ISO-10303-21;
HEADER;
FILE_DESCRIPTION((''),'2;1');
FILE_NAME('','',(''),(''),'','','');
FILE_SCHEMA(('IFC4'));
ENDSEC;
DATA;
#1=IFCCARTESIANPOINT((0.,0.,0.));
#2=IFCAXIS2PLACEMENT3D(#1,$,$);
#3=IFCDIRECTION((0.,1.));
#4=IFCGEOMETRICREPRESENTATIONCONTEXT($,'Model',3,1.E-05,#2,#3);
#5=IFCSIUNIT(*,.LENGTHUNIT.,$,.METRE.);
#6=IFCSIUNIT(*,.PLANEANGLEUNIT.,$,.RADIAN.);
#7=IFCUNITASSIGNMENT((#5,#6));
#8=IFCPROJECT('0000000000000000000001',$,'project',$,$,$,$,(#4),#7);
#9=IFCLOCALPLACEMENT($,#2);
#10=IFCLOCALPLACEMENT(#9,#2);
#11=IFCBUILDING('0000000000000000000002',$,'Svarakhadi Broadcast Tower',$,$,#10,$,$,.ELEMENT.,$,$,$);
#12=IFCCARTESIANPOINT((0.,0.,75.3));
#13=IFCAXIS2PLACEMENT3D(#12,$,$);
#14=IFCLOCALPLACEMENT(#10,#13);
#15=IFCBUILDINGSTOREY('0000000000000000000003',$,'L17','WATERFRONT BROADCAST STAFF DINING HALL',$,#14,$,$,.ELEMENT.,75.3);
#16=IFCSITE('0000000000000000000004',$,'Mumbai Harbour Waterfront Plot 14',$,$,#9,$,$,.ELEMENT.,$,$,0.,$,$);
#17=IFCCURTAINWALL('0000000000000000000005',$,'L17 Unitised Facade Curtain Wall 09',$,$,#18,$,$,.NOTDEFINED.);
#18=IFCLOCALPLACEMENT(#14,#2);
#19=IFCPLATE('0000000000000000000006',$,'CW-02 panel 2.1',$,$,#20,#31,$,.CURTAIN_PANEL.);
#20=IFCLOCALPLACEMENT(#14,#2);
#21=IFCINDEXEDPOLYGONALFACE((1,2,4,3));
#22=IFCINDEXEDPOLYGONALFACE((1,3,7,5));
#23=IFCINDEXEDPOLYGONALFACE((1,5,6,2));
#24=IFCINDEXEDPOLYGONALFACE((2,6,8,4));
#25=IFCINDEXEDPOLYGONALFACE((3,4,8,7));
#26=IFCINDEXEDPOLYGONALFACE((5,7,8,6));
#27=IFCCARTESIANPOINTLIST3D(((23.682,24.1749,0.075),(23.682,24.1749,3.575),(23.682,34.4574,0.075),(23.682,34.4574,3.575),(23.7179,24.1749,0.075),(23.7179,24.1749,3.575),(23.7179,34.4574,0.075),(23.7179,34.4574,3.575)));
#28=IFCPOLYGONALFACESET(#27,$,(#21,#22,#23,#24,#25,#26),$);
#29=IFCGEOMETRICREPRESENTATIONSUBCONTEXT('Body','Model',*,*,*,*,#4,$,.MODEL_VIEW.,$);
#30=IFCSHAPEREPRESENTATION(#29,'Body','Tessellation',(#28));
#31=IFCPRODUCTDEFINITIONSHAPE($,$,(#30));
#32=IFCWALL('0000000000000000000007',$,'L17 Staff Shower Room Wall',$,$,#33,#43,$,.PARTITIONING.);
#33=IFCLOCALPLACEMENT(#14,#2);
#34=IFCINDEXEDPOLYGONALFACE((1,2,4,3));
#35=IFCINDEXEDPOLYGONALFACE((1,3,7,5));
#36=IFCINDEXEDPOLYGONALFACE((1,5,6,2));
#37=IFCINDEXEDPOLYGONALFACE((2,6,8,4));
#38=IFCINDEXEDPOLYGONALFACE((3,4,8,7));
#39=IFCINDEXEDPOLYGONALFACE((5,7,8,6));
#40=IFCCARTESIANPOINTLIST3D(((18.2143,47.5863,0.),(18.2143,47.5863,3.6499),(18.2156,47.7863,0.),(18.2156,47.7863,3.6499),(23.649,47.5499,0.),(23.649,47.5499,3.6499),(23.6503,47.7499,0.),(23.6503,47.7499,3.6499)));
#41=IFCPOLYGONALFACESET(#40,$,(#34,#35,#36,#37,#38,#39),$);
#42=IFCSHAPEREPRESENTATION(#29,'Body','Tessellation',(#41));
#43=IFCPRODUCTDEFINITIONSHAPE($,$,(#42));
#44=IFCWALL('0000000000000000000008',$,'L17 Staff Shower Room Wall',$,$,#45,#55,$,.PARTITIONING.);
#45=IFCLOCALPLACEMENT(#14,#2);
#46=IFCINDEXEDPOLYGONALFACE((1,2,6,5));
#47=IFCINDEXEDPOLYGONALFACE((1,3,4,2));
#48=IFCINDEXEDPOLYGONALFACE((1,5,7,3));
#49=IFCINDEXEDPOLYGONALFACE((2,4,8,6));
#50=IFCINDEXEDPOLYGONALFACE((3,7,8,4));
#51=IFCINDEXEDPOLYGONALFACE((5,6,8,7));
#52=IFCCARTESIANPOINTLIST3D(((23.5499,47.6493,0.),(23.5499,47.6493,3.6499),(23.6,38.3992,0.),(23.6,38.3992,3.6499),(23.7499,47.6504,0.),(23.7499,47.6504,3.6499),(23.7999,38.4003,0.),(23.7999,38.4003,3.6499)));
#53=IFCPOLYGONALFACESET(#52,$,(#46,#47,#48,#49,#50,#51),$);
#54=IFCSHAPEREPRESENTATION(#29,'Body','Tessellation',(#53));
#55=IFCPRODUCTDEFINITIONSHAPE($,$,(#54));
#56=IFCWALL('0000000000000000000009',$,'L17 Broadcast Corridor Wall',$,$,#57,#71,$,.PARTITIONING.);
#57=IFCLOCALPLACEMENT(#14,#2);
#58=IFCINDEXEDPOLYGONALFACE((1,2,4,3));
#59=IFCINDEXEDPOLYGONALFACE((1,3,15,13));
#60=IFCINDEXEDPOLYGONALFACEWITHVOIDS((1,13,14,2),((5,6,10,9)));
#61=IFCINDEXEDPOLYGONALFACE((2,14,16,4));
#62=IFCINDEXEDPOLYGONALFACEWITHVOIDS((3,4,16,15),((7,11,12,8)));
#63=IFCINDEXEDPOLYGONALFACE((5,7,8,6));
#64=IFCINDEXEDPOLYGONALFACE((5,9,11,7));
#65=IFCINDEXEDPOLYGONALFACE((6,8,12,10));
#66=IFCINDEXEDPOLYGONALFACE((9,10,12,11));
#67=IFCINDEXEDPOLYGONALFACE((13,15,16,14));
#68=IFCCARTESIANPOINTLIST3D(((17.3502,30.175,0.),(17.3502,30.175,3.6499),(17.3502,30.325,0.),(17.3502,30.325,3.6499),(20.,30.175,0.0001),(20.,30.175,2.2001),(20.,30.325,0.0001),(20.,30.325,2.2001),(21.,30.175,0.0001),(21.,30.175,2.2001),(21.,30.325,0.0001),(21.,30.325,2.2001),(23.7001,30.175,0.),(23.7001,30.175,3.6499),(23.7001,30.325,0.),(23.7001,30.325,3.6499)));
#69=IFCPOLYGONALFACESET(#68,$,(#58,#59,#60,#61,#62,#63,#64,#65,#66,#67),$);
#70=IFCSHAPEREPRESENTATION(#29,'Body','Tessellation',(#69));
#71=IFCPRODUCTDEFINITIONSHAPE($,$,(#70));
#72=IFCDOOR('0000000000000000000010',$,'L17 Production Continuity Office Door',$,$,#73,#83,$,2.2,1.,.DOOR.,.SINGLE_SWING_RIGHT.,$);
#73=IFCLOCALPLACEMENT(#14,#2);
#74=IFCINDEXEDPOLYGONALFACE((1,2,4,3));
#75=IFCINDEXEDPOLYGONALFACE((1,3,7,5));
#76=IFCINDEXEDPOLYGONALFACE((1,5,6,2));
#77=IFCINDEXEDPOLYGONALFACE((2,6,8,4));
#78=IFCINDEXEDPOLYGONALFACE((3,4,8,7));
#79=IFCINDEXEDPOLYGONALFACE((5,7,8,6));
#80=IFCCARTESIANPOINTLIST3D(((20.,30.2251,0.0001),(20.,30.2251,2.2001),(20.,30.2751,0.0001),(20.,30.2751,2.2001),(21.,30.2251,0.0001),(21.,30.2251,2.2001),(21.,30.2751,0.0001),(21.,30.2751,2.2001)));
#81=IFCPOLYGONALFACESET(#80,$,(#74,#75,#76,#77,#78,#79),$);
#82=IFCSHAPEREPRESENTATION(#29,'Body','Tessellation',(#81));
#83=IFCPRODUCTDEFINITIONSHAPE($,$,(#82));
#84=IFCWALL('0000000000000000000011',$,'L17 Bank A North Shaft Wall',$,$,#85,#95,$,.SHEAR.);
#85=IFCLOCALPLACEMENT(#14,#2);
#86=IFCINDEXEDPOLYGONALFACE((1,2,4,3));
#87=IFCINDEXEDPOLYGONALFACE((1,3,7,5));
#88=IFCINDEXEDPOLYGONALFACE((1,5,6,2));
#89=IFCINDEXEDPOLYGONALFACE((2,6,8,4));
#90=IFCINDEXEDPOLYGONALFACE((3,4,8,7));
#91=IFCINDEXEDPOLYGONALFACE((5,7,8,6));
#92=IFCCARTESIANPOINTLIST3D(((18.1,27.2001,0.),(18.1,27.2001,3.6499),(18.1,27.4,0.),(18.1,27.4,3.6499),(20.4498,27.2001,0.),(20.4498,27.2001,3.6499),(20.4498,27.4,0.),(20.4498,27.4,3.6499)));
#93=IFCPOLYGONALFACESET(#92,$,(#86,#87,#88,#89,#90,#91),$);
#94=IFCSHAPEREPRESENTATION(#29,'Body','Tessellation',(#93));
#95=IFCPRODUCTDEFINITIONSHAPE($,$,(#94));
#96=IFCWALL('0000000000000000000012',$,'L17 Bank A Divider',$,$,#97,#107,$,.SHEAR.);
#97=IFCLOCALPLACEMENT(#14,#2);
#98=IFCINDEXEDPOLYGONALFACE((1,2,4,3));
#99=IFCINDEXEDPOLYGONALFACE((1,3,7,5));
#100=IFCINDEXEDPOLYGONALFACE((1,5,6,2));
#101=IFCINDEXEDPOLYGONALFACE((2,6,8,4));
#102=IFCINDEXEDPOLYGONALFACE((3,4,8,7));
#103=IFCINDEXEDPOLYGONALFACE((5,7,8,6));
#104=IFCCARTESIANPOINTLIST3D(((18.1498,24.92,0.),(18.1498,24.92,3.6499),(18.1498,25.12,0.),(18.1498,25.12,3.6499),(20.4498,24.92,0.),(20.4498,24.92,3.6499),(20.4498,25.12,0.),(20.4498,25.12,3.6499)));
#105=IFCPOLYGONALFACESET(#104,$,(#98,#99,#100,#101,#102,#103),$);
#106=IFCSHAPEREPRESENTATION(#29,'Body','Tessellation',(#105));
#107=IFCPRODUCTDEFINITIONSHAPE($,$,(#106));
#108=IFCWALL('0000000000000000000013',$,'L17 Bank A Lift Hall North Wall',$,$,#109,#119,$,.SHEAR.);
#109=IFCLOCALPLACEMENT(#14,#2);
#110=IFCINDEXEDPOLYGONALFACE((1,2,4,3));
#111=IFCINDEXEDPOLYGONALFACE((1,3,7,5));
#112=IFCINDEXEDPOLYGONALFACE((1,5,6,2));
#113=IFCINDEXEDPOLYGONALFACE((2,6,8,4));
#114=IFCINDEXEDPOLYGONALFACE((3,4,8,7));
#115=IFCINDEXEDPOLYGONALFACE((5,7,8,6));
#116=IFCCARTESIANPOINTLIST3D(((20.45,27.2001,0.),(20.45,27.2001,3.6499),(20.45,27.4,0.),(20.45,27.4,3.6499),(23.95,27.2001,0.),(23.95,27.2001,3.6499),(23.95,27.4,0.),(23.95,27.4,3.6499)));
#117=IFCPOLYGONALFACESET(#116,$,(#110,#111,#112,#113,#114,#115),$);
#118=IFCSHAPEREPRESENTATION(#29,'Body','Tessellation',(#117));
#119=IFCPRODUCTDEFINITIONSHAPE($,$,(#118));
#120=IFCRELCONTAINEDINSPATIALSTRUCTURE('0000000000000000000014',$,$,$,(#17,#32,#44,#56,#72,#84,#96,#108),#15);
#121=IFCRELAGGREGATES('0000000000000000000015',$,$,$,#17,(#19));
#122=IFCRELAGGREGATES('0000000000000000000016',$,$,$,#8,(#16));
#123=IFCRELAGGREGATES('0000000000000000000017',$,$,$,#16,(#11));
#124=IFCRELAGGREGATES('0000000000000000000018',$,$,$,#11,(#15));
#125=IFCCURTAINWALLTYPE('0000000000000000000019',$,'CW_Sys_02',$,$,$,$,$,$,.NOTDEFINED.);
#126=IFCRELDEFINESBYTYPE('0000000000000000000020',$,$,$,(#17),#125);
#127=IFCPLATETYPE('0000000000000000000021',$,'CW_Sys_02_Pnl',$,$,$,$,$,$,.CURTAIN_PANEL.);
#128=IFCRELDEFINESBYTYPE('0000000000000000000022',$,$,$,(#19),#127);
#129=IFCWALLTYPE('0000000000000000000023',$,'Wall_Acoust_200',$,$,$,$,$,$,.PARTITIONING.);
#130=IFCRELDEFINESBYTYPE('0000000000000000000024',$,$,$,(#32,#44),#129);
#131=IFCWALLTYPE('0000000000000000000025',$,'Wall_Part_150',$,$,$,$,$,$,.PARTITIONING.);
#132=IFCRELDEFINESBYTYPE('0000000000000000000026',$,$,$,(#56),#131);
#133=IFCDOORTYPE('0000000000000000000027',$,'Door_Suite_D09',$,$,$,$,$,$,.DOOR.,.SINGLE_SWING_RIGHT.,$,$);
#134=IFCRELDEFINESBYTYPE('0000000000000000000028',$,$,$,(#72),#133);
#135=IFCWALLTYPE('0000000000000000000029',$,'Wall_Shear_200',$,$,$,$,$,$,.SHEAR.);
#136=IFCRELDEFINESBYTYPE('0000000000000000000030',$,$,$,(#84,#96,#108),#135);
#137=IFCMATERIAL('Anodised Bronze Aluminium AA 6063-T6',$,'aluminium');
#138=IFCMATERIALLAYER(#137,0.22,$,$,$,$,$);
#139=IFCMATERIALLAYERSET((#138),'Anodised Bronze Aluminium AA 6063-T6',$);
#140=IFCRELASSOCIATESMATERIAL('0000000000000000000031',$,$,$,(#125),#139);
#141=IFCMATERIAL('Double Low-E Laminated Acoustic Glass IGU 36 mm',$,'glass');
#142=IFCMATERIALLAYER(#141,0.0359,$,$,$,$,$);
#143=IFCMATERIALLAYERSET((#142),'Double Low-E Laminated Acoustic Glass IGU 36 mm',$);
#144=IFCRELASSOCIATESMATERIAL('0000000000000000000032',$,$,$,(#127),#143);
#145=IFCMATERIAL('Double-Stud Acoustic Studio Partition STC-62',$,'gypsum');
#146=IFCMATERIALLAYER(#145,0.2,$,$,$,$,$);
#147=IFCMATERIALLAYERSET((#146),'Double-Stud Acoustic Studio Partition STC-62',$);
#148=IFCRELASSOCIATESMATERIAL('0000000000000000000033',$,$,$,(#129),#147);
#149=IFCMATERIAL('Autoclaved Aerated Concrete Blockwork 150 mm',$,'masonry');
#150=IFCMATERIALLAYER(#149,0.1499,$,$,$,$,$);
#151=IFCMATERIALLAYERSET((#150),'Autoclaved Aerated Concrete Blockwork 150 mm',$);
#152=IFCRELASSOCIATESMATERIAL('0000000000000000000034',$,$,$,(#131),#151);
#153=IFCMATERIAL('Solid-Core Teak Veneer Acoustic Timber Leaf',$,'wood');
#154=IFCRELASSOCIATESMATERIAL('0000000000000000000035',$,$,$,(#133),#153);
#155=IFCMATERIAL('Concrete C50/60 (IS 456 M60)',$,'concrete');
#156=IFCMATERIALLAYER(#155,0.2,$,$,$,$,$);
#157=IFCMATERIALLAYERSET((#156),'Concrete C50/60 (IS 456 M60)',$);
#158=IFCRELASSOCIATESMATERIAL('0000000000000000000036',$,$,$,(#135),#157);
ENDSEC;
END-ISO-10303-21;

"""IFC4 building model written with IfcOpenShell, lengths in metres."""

from ifc_helpers import new_model, si_unit, direction, frame, frame_2d, origin, origin_2d, place, context, subcontext, project, spatial, rectangle, extrude, material, layer, layer_set, type_object, element, fill, aggregate, save


model = new_model("IFC4")

# Units and contexts
model_context = context("Model", 3, precision=1e-05, world=origin(), true_north=direction((0.0, 1.0)))
body_context = subcontext(model_context, "Body", "Model", "MODEL_VIEW")
ifc_project = project(units=[si_unit("LENGTHUNIT", "METRE"), si_unit("PLANEANGLEUNIT", "RADIAN")], contexts=[model_context])

# Site, building, storey
site_placement = place(None, origin())
site = spatial("IfcSite", under=ifc_project, at=site_placement, Name="Mumbai Harbour Waterfront Plot 14", CompositionType="ELEMENT", RefElevation=0.0)
building_placement = place(site_placement, origin())
building = spatial("IfcBuilding", under=site, at=building_placement, Name="Svarakhadi Broadcast Tower", CompositionType="ELEMENT")
storey_placement = place(building_placement, frame((0.0, 0.0, 75.3)))
storey = spatial("IfcBuildingStorey", under=building, at=storey_placement, Name="L17", Description="WATERFRONT BROADCAST STAFF DINING HALL", CompositionType="ELEMENT", Elevation=75.3)

# Curtain wall
ifc_material_1 = material(Name="Anodised Bronze Aluminium AA 6063-T6", Category="aluminium")
ifc_layer_1 = layer(ifc_material_1, 0.22)
ifc_layer_set_1 = layer_set([ifc_layer_1], Name="Anodised Bronze Aluminium AA 6063-T6")
curtain_wall_type = type_object("IfcCurtainWallType", Name="CW_Sys_02", PredefinedType="NOTDEFINED", material=ifc_layer_set_1)
curtain_wall_1_placement = place(storey_placement, origin())
curtain_wall_1 = element("IfcCurtainWall", 1, at=curtain_wall_1_placement, inside=storey, type_object=curtain_wall_type, Name="L17 Unitised Facade Curtain Wall 09", PredefinedType="NOTDEFINED")

# Plate
ifc_material_2 = material(Name="Double Low-E Laminated Acoustic Glass IGU 36 mm", Category="glass")
ifc_layer_2 = layer(ifc_material_2, 0.0359)
ifc_layer_set_2 = layer_set([ifc_layer_2], Name="Double Low-E Laminated Acoustic Glass IGU 36 mm")
plate_type = type_object("IfcPlateType", Name="CW_Sys_02_Pnl", PredefinedType="CURTAIN_PANEL", material=ifc_layer_set_2)
plate_1_placement = place(storey_placement, frame((23.7, 29.3162, 0.075), z_axis=(0.0, 0.0, 1.0), x_axis=(0.0, -1.0, 0.0)))
plate_1 = element("IfcPlate", 2, at=plate_1_placement, type_object=plate_type, Name="CW-02 panel 2.1", PredefinedType="CURTAIN_PANEL", context=body_context, shape_type="SweptSolid", body=[
    extrude(rectangle(XDim=10.2825, YDim=0.0359, at=origin_2d()), origin(), (0.0, 0.0, 1.0), 3.5),
])
aggregate(curtain_wall_1, [plate_1])

# Walls
ifc_material_3 = material(Name="Double-Stud Acoustic Studio Partition STC-62", Category="gypsum")
ifc_layer_3 = layer(ifc_material_3, 0.2)
ifc_layer_set_3 = layer_set([ifc_layer_3], Name="Double-Stud Acoustic Studio Partition STC-62")
wall_type_1 = type_object("IfcWallType", Name="Wall_Acoust_200", PredefinedType="PARTITIONING", material=ifc_layer_set_3)
wall_1_placement = place(storey_placement, frame((18.2151, 47.6863, 0.0), z_axis=(0.0, 0.0, 1.0), x_axis=(0.999978, -0.006693, 0.0)))
element("IfcWall", 3, at=wall_1_placement, inside=storey, type_object=wall_type_1, Name="L17 Staff Shower Room Wall", PredefinedType="PARTITIONING", context=body_context, shape_type="SweptSolid", body=[
    extrude(rectangle(XDim=5.4348, YDim=0.2, at=frame_2d((2.7173, 0.0))), origin(), (0.0, 0.0, 1.0), 3.6499),
])
wall_2_placement = place(storey_placement, frame((23.7, 38.3999, 0.0), z_axis=(0.0, 0.0, 1.0), x_axis=(-0.005411, 0.999985, 0.0)))
element("IfcWall", 4, at=wall_2_placement, inside=storey, type_object=wall_type_1, Name="L17 Staff Shower Room Wall", PredefinedType="PARTITIONING", context=body_context, shape_type="SweptSolid", body=[
    extrude(rectangle(XDim=9.2502, YDim=0.2, at=frame_2d((4.625, 0.0))), origin(), (0.0, 0.0, 1.0), 3.6499),
])

# Wall, opening, door
ifc_material_4 = material(Name="Autoclaved Aerated Concrete Blockwork 150 mm", Category="masonry")
ifc_layer_4 = layer(ifc_material_4, 0.1499)
ifc_layer_set_4 = layer_set([ifc_layer_4], Name="Autoclaved Aerated Concrete Blockwork 150 mm")
wall_type_2 = type_object("IfcWallType", Name="Wall_Part_150", PredefinedType="PARTITIONING", material=ifc_layer_set_4)
wall_3_placement = place(storey_placement, frame((23.7, 30.25, 0.0), z_axis=(0.0, 0.0, 1.0), x_axis=(-1.0, 0.0, 0.0)))
wall_3 = element("IfcWall", 5, at=wall_3_placement, inside=storey, type_object=wall_type_2, Name="L17 Broadcast Corridor Wall", PredefinedType="PARTITIONING", context=body_context, shape_type="SweptSolid", body=[
    extrude(rectangle(XDim=6.3499, YDim=0.1499, at=frame_2d((3.1748, 0.0))), origin(), (0.0, 0.0, 1.0), 3.6499),
])
opening_placement = place(wall_3_placement, frame((2.7, 0.0, 0.0)))
opening = element("IfcOpeningElement", 6, at=opening_placement, cuts=wall_3, PredefinedType="OPENING", context=body_context, shape_type="SweptSolid", body=[
    extrude(rectangle(XDim=1.0, YDim=2.2, at=frame_2d((0.5, 1.1001))), frame((0.0, 0.085, 0.0), z_axis=(0.0, -1.0, 0.0), x_axis=(1.0, 0.0, 0.0)), (0.0, 0.0, 1.0), 0.1699),
])
ifc_material_5 = material(Name="Solid-Core Teak Veneer Acoustic Timber Leaf", Category="wood")
door_type = type_object("IfcDoorType", Name="Door_Suite_D09", OperationType="SINGLE_SWING_RIGHT", PredefinedType="DOOR", material=ifc_material_5)
door_placement = place(opening_placement, origin())
door = element("IfcDoor", 7, at=door_placement, inside=storey, type_object=door_type, Name="L17 Production Continuity Office Door", OperationType="SINGLE_SWING_RIGHT", OverallHeight=2.2, OverallWidth=1.0, PredefinedType="DOOR", context=body_context, shape_type="SweptSolid", body=[
    extrude(rectangle(XDim=1.0, YDim=2.2, at=frame_2d((0.5, 1.1001))), frame((0.0, 0.0249, 0.0), z_axis=(0.0, -1.0, 0.0), x_axis=(1.0, 0.0, 0.0)), (0.0, 0.0, 1.0), 0.05),
])
fill(opening, door)

# Walls
ifc_material_6 = material(Name="Concrete C50/60 (IS 456 M60)", Category="concrete")
ifc_layer_5 = layer(ifc_material_6, 0.2)
ifc_layer_set_5 = layer_set([ifc_layer_5], Name="Concrete C50/60 (IS 456 M60)")
wall_type_3 = type_object("IfcWallType", Name="Wall_Shear_200", PredefinedType="SHEAR", material=ifc_layer_set_5)
wall_4_placement = place(storey_placement, frame((18.1001, 27.3, 0.0), z_axis=(0.0, 0.0, 1.0), x_axis=(1.0, 0.0, 0.0)))
element("IfcWall", 8, at=wall_4_placement, inside=storey, type_object=wall_type_3, Name="L17 Bank A North Shaft Wall", PredefinedType="SHEAR", context=body_context, shape_type="SweptSolid", body=[
    extrude(rectangle(XDim=2.3499, YDim=0.2, at=frame_2d((1.1748, 0.0))), origin(), (0.0, 0.0, 1.0), 3.6499),
])
wall_5_placement = place(storey_placement, frame((18.1499, 25.02, 0.0), z_axis=(0.0, 0.0, 1.0), x_axis=(1.0, 0.0, 0.0)))
element("IfcWall", 9, at=wall_5_placement, inside=storey, type_object=wall_type_3, Name="L17 Bank A Divider", PredefinedType="SHEAR", context=body_context, shape_type="SweptSolid", body=[
    extrude(rectangle(XDim=2.3, YDim=0.2, at=frame_2d((1.1499, 0.0))), origin(), (0.0, 0.0, 1.0), 3.6499),
])
wall_6_placement = place(storey_placement, frame((20.45, 27.3, 0.0), z_axis=(0.0, 0.0, 1.0), x_axis=(1.0, 0.0, 0.0)))
element("IfcWall", 10, at=wall_6_placement, inside=storey, type_object=wall_type_3, Name="L17 Bank A Lift Hall North Wall", PredefinedType="SHEAR", context=body_context, shape_type="SweptSolid", body=[
    extrude(rectangle(XDim=3.5, YDim=0.2, at=frame_2d((1.75, 0.0))), origin(), (0.0, 0.0, 1.0), 3.6499),
])

save(model, "model.ifc")
